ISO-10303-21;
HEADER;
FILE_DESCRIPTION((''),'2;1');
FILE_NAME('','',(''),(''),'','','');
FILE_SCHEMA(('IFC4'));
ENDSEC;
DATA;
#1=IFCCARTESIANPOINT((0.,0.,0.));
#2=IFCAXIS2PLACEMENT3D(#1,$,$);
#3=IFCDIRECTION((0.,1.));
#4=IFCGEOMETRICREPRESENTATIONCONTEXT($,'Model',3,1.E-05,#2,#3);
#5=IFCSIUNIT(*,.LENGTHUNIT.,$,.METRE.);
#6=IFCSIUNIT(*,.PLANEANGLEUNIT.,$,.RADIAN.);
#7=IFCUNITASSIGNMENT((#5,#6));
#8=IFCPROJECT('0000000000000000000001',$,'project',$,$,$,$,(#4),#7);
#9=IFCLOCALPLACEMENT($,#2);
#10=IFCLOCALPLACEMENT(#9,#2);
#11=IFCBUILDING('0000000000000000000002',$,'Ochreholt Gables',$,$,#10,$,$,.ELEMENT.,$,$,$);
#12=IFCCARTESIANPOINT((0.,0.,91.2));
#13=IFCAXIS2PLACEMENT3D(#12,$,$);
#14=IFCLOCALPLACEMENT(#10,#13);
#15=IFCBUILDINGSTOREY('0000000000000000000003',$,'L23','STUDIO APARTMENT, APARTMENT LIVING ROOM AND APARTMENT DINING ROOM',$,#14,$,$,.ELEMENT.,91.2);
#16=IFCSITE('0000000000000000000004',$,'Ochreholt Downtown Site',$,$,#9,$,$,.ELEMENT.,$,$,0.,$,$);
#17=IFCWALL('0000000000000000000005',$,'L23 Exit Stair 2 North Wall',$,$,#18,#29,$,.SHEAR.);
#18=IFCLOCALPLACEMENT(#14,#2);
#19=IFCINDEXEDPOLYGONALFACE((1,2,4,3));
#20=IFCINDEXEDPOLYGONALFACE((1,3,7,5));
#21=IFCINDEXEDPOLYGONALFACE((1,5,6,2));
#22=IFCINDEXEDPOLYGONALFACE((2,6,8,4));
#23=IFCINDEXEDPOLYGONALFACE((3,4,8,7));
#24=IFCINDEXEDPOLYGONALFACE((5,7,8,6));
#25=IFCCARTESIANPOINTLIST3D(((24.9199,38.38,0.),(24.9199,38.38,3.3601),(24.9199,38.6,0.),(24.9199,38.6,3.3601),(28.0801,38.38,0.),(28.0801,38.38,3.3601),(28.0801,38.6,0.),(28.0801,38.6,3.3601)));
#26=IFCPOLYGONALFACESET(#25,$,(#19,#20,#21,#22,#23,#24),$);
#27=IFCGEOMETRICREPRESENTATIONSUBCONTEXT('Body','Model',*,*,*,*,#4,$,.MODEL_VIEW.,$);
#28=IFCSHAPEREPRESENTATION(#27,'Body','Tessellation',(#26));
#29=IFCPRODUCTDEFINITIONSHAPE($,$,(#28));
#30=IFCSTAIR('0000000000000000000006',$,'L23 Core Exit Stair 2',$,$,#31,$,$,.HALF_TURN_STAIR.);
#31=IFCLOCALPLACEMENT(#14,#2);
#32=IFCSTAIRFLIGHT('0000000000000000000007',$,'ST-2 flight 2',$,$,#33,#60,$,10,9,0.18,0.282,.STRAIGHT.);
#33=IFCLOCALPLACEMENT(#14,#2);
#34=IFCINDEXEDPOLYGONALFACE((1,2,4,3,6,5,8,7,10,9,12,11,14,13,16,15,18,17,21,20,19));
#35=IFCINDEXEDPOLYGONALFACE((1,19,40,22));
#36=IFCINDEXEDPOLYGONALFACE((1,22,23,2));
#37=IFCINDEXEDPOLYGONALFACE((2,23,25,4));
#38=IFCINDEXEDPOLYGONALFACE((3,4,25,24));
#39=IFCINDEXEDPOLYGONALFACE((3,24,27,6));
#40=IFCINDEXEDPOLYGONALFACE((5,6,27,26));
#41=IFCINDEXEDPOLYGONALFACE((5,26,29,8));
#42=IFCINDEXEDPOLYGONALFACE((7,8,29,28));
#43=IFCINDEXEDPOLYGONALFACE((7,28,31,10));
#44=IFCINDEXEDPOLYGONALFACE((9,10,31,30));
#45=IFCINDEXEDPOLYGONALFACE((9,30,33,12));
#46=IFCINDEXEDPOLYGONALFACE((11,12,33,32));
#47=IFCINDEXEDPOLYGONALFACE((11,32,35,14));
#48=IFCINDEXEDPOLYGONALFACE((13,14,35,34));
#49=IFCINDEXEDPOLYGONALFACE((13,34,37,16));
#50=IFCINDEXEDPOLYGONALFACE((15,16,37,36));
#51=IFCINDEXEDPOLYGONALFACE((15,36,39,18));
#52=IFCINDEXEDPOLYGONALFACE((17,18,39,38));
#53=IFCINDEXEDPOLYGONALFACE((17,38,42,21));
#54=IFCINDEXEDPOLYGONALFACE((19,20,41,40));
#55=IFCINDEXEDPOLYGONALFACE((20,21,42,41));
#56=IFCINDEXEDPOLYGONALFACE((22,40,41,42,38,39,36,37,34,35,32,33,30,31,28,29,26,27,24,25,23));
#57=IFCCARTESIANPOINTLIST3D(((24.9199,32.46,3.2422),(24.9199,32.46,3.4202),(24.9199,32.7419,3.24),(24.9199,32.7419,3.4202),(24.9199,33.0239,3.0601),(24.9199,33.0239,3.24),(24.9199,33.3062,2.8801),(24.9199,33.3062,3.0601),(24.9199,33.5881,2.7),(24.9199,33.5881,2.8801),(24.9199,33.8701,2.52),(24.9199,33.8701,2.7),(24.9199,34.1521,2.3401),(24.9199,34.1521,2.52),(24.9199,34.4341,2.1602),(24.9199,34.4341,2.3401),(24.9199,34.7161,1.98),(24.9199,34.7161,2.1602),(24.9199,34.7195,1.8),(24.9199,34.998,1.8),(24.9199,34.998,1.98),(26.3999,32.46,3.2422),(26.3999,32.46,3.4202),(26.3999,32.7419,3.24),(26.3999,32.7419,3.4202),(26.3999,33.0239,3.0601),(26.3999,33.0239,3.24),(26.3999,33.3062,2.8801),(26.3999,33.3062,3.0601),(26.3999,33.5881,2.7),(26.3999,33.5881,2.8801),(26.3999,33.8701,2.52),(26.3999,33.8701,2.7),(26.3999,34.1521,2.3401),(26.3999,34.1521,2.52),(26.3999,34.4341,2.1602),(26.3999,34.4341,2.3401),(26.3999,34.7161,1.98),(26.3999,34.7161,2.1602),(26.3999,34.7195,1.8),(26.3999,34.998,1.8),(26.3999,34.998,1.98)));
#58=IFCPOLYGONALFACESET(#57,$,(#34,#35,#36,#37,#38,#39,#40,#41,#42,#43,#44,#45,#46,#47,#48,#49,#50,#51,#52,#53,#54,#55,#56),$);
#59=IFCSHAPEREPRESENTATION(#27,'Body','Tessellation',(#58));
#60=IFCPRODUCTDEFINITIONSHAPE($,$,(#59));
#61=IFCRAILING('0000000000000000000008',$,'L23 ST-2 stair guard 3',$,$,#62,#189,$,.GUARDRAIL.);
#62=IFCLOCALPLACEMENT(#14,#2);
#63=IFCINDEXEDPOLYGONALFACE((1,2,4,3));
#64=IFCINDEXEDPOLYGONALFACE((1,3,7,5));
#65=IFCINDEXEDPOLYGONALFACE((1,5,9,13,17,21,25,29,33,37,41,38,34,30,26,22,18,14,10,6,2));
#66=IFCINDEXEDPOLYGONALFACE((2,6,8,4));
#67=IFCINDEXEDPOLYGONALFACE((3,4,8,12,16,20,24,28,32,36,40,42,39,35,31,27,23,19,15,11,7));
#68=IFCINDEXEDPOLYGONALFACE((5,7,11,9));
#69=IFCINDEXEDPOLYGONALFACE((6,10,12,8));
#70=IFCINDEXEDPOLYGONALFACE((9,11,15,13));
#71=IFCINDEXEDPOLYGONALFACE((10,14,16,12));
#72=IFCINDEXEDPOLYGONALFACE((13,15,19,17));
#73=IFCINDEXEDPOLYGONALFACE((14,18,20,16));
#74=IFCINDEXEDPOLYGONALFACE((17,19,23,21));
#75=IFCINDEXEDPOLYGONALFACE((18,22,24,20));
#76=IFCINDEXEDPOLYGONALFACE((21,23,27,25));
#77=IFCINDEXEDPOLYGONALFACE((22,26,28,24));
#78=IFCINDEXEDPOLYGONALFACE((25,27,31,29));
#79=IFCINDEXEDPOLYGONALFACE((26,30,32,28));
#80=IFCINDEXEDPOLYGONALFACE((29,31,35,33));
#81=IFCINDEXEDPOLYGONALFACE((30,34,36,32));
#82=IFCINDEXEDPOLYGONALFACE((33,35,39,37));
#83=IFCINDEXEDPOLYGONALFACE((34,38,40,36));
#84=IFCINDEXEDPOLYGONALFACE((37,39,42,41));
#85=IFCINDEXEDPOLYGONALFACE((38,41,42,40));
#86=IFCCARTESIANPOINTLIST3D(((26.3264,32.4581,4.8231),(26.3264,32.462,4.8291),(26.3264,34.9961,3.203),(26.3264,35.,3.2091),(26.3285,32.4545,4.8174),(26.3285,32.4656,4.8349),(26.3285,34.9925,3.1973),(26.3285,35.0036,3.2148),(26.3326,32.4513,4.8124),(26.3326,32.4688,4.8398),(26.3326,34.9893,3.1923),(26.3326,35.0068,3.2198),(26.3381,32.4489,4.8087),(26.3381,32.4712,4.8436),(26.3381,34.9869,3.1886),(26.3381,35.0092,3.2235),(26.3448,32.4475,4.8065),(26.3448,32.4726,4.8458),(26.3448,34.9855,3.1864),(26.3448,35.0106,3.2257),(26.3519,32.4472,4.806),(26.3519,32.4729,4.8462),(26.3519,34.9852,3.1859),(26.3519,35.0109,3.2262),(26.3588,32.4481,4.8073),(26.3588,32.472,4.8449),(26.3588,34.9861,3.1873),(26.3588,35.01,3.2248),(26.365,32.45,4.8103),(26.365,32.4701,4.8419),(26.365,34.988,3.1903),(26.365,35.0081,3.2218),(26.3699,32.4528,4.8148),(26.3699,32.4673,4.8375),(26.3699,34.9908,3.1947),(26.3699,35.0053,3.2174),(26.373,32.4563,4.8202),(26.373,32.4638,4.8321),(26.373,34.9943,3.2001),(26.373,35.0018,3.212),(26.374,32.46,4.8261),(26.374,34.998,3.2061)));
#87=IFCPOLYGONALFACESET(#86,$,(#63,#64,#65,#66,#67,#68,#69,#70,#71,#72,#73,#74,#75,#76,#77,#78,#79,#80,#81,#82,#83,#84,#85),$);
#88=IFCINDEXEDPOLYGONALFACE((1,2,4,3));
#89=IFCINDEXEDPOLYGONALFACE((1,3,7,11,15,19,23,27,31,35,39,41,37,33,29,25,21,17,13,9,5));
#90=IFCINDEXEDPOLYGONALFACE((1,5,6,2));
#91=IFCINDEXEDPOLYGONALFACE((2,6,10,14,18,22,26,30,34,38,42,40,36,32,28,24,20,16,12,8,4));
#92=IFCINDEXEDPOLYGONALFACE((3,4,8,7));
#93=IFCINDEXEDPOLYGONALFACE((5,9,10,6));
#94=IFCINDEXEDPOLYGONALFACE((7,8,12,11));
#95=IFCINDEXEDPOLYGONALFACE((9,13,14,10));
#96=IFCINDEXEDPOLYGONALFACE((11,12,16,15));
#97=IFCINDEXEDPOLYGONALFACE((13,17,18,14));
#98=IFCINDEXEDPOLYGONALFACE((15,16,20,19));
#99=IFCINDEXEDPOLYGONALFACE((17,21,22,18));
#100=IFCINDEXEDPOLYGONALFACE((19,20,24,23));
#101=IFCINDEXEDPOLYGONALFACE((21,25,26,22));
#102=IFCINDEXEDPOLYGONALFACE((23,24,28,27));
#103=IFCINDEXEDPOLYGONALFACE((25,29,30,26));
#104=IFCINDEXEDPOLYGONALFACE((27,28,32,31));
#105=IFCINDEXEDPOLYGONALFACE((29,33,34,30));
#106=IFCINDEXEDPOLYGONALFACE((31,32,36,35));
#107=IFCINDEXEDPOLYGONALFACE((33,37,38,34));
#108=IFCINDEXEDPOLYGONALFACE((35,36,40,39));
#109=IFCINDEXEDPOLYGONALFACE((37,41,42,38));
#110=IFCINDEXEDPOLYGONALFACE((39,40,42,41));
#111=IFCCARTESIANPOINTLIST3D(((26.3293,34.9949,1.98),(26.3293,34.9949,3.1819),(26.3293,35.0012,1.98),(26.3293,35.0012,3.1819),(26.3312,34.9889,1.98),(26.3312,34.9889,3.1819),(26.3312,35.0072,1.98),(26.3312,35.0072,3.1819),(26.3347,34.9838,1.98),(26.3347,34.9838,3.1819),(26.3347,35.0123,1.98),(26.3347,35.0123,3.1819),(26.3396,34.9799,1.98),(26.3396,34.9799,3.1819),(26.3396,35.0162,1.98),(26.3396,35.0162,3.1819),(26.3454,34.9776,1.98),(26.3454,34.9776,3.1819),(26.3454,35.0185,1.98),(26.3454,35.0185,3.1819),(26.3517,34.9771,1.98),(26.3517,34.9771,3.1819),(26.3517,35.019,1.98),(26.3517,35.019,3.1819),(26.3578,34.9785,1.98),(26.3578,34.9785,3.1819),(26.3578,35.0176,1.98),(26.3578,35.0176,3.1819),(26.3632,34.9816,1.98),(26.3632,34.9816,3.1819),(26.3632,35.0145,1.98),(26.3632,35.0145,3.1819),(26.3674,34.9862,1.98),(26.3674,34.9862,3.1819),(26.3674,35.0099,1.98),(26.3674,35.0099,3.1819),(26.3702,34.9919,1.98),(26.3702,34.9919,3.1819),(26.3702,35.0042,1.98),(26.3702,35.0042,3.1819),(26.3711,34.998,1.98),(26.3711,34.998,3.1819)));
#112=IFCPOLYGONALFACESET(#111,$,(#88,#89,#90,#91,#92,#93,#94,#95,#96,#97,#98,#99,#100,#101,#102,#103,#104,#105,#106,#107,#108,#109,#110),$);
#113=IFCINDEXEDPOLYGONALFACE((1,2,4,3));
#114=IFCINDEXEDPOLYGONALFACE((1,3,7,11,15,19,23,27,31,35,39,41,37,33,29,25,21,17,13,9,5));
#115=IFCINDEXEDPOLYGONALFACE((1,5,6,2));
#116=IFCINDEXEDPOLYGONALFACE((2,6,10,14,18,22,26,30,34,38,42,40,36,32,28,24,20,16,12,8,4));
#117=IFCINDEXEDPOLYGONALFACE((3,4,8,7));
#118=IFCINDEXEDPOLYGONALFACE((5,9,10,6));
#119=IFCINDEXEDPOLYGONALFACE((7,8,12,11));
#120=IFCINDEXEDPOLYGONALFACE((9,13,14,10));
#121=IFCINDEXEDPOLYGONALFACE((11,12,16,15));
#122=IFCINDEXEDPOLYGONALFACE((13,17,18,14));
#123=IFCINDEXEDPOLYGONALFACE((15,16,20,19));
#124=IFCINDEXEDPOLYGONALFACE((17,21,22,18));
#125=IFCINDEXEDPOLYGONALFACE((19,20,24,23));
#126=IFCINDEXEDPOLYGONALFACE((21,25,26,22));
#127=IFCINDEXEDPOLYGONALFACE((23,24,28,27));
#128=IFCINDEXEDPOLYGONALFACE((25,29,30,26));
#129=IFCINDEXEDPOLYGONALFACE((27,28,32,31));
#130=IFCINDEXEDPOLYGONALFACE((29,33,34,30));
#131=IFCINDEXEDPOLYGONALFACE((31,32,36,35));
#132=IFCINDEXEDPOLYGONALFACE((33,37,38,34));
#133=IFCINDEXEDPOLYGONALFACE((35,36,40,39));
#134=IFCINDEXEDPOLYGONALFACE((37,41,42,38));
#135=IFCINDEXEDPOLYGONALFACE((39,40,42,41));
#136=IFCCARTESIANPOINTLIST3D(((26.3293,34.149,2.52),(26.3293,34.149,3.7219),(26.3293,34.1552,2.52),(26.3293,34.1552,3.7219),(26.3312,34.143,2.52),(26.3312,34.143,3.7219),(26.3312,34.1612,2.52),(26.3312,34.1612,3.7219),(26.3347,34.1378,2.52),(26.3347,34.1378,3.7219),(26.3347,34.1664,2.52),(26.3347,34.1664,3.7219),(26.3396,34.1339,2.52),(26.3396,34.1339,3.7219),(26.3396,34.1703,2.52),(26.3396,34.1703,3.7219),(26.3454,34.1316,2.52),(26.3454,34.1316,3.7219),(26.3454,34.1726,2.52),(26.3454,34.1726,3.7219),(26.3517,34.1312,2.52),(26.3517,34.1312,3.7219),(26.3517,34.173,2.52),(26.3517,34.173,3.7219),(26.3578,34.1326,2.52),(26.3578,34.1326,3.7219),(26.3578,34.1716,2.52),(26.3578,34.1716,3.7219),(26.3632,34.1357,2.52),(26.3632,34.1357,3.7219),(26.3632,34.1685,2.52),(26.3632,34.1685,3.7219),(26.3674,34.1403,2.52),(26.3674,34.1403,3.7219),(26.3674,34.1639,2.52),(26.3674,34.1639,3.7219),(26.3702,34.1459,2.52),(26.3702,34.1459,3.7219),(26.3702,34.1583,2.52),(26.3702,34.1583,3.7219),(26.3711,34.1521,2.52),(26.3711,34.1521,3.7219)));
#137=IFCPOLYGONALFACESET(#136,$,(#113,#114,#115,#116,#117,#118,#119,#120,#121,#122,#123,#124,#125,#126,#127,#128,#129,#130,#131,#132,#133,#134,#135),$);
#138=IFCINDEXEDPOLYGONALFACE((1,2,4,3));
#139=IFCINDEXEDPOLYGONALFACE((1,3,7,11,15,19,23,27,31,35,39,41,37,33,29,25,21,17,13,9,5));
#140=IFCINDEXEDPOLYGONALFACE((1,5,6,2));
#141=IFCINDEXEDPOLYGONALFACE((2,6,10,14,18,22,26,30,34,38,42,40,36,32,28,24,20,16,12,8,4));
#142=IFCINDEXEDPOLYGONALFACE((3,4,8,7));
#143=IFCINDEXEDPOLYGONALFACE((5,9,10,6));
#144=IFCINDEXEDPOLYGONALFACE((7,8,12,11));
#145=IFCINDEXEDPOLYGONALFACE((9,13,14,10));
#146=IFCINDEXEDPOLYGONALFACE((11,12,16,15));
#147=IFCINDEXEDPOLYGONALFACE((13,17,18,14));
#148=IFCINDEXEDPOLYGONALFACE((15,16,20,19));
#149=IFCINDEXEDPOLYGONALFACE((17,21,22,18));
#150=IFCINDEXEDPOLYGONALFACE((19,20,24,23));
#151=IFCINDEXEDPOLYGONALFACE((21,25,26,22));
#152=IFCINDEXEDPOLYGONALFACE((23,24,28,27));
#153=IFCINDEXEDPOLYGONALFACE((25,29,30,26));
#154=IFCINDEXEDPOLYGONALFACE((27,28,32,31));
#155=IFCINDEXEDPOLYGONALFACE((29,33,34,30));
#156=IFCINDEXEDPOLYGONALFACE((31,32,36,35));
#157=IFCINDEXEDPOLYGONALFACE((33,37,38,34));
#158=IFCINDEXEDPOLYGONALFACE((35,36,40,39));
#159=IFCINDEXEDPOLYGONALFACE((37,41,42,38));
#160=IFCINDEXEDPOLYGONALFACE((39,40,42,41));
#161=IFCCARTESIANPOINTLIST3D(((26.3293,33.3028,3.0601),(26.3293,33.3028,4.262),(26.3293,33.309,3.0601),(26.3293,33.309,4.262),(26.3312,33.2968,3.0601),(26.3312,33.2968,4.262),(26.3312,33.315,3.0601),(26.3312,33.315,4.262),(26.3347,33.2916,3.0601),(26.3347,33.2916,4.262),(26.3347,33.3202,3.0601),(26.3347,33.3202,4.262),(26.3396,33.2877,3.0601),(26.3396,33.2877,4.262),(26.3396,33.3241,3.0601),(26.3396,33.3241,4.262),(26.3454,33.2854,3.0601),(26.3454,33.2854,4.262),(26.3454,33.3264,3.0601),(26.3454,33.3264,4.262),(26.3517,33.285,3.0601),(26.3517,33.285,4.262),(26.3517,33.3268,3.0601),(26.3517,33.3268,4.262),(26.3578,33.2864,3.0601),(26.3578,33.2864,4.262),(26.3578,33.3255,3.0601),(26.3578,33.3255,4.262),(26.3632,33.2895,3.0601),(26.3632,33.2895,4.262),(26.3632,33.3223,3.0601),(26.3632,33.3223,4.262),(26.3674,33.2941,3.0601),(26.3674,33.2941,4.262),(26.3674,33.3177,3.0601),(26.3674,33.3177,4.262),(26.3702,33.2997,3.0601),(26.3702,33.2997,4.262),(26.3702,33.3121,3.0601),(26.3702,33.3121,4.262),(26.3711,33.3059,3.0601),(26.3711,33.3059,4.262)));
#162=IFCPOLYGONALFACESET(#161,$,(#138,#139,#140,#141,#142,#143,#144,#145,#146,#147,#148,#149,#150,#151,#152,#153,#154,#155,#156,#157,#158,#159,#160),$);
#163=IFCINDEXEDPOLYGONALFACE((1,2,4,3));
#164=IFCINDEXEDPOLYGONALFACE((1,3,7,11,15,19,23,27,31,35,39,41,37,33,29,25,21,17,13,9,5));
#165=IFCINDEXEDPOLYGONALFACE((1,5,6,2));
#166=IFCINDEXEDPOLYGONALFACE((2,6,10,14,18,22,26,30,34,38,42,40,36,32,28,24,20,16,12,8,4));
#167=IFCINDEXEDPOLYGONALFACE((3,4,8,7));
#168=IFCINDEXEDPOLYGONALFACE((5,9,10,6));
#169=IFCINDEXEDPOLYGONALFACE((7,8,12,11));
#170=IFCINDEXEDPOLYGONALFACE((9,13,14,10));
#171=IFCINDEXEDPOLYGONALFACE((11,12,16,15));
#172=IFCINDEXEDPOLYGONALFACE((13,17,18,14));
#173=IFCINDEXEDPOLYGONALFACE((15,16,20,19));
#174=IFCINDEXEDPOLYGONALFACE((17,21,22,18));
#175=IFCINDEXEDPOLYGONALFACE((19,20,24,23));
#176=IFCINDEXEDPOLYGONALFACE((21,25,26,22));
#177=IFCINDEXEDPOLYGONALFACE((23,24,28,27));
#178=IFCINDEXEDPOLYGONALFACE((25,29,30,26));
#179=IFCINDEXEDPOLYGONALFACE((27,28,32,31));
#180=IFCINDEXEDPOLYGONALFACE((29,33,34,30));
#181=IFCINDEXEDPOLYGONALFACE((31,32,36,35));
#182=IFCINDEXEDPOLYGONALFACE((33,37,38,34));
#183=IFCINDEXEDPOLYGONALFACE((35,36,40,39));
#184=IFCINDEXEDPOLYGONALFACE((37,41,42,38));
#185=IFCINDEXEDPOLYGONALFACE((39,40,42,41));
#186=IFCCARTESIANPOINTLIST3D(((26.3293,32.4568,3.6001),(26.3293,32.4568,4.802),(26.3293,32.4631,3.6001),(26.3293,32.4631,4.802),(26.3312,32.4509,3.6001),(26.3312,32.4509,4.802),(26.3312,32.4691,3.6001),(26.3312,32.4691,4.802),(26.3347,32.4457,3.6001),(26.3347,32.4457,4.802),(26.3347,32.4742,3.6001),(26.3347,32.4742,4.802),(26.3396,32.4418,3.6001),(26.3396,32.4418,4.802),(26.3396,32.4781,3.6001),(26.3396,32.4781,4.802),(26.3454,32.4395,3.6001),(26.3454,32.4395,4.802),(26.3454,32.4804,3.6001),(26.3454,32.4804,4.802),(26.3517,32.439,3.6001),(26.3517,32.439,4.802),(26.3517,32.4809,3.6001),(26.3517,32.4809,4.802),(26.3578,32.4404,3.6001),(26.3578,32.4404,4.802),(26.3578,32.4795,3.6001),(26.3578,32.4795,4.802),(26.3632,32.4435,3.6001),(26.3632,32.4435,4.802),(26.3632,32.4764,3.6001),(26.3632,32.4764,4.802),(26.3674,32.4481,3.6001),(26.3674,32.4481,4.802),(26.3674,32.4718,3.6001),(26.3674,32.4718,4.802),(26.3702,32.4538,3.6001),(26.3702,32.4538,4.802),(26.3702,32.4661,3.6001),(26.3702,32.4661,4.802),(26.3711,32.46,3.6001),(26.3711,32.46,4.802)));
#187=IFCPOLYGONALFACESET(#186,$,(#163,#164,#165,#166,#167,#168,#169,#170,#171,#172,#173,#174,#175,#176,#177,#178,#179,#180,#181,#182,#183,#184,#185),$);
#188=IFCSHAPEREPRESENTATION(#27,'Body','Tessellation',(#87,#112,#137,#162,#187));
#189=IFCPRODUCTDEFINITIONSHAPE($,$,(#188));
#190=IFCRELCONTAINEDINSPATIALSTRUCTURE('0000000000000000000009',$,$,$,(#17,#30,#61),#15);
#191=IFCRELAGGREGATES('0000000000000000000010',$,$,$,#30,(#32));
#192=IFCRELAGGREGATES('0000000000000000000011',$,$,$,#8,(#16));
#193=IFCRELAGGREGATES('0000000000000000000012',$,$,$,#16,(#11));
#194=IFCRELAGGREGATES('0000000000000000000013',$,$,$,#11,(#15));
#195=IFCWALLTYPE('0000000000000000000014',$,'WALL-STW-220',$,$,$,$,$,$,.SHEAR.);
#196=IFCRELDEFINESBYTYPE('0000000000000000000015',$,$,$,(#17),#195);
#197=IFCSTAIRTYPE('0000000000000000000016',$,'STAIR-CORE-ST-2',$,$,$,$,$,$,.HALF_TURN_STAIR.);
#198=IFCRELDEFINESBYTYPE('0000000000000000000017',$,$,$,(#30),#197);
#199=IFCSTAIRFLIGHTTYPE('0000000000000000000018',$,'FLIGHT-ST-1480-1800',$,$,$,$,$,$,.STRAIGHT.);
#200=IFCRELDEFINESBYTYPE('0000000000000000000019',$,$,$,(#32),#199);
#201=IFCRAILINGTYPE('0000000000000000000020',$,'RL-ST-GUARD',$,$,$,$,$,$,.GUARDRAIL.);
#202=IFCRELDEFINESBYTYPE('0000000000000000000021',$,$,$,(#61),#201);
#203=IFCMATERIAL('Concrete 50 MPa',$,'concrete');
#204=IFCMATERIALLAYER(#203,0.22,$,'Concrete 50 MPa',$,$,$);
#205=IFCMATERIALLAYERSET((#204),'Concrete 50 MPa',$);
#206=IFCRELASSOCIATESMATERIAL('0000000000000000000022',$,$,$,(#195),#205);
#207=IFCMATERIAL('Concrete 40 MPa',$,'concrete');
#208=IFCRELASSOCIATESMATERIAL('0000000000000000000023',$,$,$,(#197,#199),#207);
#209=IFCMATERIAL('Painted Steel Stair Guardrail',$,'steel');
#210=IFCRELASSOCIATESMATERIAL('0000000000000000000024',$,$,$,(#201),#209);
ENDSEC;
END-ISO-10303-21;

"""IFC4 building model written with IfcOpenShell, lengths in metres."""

from ifc_helpers import new_model, si_unit, direction, frame, frame_2d, origin, origin_2d, place, context, subcontext, project, spatial, polyline, rectangle, circle, outline, extrude, material, layer, layer_set, type_object, element, aggregate, save


model = new_model("IFC4")

# Units and contexts
model_context = context("Model", 3, precision=1e-05, world=origin(), true_north=direction((0.0, 1.0)))
body_context = subcontext(model_context, "Body", "Model", "MODEL_VIEW")
ifc_project = project(units=[si_unit("LENGTHUNIT", "METRE"), si_unit("PLANEANGLEUNIT", "RADIAN")], contexts=[model_context])

# Site, building, storey
site_placement = place(None, origin())
site = spatial("IfcSite", under=ifc_project, at=site_placement, Name="Ochreholt Downtown Site", CompositionType="ELEMENT", RefElevation=0.0)
building_placement = place(site_placement, origin())
building = spatial("IfcBuilding", under=site, at=building_placement, Name="Ochreholt Gables", CompositionType="ELEMENT")
storey_placement = place(building_placement, frame((0.0, 0.0, 91.2)))
storey = spatial("IfcBuildingStorey", under=building, at=storey_placement, Name="L23", Description="STUDIO APARTMENT, APARTMENT LIVING ROOM AND APARTMENT DINING ROOM", CompositionType="ELEMENT", Elevation=91.2)

# Wall
ifc_material_1 = material(Name="Concrete 50 MPa", Category="concrete")
ifc_layer_1 = layer(ifc_material_1, 0.22, Name="Concrete 50 MPa")
ifc_layer_set_1 = layer_set([ifc_layer_1], Name="Concrete 50 MPa")
wall_type_1 = type_object("IfcWallType", Name="WALL-STW-220", PredefinedType="SHEAR", material=ifc_layer_set_1)
wall_1_placement = place(storey_placement, frame((24.9199, 38.49, 0.0), z_axis=(0.0, 0.0, 1.0), x_axis=(1.0, 0.0, 0.0)))
element("IfcWall", 1, at=wall_1_placement, inside=storey, type_object=wall_type_1, Name="L23 Exit Stair 2 North Wall", PredefinedType="SHEAR", context=body_context, shape_type="SweptSolid", body=[
    extrude(rectangle(XDim=3.1602, YDim=0.22, at=frame_2d((1.5801, 0.0))), origin(), (0.0, 0.0, 1.0), 3.3601),
])

# Stair, stair flight
ifc_material_2 = material(Name="Concrete 40 MPa", Category="concrete")
stair_type = type_object("IfcStairType", Name="STAIR-CORE-ST-2", PredefinedType="HALF_TURN_STAIR", material=ifc_material_2)
stair_placement = place(storey_placement, origin())
stair = element("IfcStair", 2, at=stair_placement, inside=storey, type_object=stair_type, Name="L23 Core Exit Stair 2", PredefinedType="HALF_TURN_STAIR")
stair_flight_type = type_object("IfcStairFlightType", Name="FLIGHT-ST-1480-1800", PredefinedType="STRAIGHT", material=ifc_material_2)
stair_flight_placement = place(storey_placement, frame((25.6599, 34.998, 1.8), z_axis=(0.0, 0.0, 1.0), x_axis=(0.0, -1.0, 0.0)))
stair_flight = element("IfcStairFlight", 3, at=stair_flight_placement, type_object=stair_flight_type, Name="ST-2 flight 2", NumberOfRisers=10, NumberOfTreads=9, PredefinedType="STRAIGHT", RiserHeight=0.18, TreadLength=0.282, context=body_context, shape_type="SweptSolid", body=[
    extrude(outline(polyline([(0.0, 0.0), (0.0, 0.1799), (0.282, 0.1799), (0.282, 0.3601), (0.564, 0.3601), (0.564, 0.54), (0.8459, 0.54), (0.8459, 0.72), (1.1279, 0.72), (1.1279, 0.8999), (1.4099, 0.8999), (1.4099, 1.0801), (1.6919, 1.0801), (1.6919, 1.26), (1.9741, 1.26), (1.9741, 1.4399), (2.2561, 1.4399), (2.2561, 1.6201), (2.5381, 1.6201), (2.5381, 1.8), (2.5381, 1.4421), (0.2786, 0.0), (0.0, 0.0)])), frame((0.0, 0.74, 0.0), z_axis=(0.0, -1.0, 0.0), x_axis=(1.0, 0.0, 0.0)), (0.0, 0.0, 1.0), 1.48),
])
aggregate(stair, [stair_flight])

# Railing
ifc_material_3 = material(Name="Painted Steel Stair Guardrail", Category="steel")
railing_type = type_object("IfcRailingType", Name="RL-ST-GUARD", PredefinedType="GUARDRAIL", material=ifc_material_3)
railing_placement = place(storey_placement, frame((26.3501, 34.998, 1.98)))
element("IfcRailing", 4, at=railing_placement, inside=storey, type_object=railing_type, Name="L23 ST-2 stair guard 3", PredefinedType="GUARDRAIL", context=body_context, shape_type="SweptSolid", body=[
    extrude(circle(Radius=0.0239, at=origin_2d()), frame((0.0, 0.0, 1.2261), z_axis=(0.0, -0.842913, 0.53805), x_axis=(1.0, 0.0, 0.0)), (0.0, 0.0, 1.0), 3.011),
    extrude(circle(Radius=0.021, at=origin_2d()), origin(), (0.0, 0.0, 1.0), 1.2019),
    extrude(circle(Radius=0.021, at=origin_2d()), frame((0.0, -0.8459, 0.54)), (0.0, 0.0, 1.0), 1.2019),
    extrude(circle(Radius=0.021, at=origin_2d()), frame((0.0, -1.6921, 1.0801)), (0.0, 0.0, 1.0), 1.2019),
    extrude(circle(Radius=0.021, at=origin_2d()), frame((0.0, -2.5381, 1.6201)), (0.0, 0.0, 1.0), 1.2019),
])

save(model, "model.ifc")
